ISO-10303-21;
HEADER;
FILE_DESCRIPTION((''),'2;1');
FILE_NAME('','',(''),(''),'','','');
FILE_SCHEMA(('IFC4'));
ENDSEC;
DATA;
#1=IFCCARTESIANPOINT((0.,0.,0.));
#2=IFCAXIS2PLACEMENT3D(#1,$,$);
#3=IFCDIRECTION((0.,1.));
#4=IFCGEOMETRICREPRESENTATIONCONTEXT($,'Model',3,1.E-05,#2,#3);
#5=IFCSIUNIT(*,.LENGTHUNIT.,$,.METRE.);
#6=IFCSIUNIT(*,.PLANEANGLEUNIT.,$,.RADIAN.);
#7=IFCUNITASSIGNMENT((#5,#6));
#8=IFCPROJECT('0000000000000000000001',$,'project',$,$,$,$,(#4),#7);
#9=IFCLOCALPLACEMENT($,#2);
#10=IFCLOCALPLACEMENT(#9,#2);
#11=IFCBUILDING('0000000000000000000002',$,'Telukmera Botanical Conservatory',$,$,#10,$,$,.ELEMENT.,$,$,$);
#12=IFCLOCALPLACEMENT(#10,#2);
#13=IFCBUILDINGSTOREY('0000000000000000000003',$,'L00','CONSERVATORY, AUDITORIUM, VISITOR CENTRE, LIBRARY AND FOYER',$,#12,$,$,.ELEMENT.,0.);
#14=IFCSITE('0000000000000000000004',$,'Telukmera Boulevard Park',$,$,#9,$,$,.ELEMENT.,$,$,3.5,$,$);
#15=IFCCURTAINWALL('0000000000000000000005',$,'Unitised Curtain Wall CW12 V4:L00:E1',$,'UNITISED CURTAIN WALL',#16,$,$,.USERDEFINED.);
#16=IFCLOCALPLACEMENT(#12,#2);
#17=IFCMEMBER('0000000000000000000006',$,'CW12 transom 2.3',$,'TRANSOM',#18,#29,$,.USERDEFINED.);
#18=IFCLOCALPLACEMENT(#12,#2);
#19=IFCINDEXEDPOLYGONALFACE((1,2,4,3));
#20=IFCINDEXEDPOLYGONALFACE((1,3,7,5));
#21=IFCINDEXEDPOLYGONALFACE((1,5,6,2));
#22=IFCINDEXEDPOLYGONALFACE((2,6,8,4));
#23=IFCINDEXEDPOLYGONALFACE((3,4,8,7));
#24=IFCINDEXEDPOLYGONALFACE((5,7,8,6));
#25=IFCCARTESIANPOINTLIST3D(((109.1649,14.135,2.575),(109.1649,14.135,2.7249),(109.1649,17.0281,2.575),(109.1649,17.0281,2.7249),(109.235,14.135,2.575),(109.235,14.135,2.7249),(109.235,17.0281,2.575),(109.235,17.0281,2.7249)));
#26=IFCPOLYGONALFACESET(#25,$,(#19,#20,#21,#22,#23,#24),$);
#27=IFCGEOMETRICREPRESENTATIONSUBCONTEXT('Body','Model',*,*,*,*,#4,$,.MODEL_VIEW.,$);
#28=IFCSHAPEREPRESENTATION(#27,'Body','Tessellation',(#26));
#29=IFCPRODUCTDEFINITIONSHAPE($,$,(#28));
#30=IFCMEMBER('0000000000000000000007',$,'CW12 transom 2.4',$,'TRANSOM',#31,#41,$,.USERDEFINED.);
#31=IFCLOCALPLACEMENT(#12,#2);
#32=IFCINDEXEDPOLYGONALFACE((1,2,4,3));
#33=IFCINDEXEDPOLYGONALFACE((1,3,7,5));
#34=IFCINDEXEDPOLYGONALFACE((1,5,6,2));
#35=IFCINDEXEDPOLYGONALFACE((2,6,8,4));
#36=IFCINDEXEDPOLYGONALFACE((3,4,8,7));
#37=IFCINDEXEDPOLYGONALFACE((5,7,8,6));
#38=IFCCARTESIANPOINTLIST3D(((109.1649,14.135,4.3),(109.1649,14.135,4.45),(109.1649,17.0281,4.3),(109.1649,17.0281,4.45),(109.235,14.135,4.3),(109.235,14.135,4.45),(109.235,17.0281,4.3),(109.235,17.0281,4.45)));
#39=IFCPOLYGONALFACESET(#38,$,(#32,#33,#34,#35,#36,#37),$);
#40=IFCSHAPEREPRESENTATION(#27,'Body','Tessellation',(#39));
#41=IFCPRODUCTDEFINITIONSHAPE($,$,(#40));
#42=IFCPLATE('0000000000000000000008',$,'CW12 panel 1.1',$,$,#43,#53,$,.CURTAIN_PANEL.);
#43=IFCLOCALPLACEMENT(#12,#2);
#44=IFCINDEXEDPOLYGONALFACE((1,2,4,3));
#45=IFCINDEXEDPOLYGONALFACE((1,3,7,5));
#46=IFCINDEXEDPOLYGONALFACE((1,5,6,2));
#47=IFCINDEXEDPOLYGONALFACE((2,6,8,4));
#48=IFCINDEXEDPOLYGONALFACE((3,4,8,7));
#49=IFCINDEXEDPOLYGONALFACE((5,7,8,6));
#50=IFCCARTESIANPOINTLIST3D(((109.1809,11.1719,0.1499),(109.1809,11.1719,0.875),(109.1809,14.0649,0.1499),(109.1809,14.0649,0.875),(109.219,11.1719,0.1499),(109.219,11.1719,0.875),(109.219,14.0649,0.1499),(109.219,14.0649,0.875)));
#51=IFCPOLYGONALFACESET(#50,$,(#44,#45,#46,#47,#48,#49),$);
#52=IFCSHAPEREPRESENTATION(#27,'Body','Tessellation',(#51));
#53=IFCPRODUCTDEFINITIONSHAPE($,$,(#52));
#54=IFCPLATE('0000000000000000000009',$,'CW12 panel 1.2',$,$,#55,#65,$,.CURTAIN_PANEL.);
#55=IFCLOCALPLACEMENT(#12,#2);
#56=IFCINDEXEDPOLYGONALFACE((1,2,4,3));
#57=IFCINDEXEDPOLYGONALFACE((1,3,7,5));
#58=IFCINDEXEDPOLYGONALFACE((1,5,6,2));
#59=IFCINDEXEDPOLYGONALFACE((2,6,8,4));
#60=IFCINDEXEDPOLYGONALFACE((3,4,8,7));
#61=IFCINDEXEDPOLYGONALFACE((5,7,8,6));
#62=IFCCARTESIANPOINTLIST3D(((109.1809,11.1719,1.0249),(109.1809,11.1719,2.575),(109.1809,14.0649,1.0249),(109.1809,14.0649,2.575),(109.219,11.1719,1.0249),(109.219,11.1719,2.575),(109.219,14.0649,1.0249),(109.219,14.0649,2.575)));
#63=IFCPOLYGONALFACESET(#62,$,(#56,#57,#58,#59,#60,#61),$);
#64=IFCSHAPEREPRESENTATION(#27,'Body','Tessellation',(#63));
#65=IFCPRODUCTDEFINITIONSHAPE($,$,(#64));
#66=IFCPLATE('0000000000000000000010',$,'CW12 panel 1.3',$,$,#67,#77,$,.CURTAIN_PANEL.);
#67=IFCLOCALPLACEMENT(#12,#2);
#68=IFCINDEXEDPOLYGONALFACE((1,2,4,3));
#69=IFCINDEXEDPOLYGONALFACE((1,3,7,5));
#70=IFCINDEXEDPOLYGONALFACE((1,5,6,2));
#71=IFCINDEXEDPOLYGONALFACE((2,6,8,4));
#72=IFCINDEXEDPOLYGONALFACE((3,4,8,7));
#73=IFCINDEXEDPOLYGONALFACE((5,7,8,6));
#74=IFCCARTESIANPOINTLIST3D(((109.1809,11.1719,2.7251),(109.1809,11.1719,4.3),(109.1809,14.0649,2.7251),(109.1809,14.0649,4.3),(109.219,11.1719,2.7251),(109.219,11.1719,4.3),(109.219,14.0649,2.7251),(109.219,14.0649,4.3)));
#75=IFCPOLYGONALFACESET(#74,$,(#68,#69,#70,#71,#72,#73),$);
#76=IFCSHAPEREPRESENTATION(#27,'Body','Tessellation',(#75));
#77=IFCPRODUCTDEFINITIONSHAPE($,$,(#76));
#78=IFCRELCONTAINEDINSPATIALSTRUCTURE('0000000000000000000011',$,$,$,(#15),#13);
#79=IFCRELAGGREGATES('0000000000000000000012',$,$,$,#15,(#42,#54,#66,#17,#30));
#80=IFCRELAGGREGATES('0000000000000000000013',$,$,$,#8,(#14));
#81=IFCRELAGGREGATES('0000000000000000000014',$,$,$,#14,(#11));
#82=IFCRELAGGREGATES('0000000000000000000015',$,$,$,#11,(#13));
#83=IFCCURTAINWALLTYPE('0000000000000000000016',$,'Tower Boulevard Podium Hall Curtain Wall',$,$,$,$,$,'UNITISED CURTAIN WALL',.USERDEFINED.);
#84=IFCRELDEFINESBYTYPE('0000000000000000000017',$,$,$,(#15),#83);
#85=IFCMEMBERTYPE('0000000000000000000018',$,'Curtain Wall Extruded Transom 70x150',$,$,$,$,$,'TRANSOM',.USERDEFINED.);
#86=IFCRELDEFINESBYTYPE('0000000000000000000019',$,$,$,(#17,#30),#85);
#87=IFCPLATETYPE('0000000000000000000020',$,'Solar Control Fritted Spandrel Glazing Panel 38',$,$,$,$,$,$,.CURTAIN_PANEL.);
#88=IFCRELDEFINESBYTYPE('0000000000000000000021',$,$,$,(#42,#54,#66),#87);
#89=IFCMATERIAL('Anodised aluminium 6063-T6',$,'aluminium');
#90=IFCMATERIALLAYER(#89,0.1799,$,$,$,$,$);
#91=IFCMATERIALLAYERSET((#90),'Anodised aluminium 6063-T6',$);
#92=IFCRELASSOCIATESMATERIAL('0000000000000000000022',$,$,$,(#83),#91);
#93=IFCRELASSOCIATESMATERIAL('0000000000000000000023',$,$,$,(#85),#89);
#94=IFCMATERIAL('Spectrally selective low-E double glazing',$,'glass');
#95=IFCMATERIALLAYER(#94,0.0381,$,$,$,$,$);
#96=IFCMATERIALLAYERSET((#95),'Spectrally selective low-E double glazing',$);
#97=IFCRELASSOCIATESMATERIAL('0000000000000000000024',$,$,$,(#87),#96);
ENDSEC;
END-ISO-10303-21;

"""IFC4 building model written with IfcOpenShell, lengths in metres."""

from ifc_helpers import new_model, si_unit, direction, frame, origin, origin_2d, place, context, subcontext, project, spatial, rectangle, extrude, material, layer, layer_set, material_profile, profile_set, type_object, element, aggregate, save


model = new_model("IFC4")

# Units and contexts
model_context = context("Model", 3, precision=1e-05, world=origin(), true_north=direction((0.0, 1.0)))
body_context = subcontext(model_context, "Body", "Model", "MODEL_VIEW")
ifc_project = project(units=[si_unit("LENGTHUNIT", "METRE"), si_unit("PLANEANGLEUNIT", "RADIAN")], contexts=[model_context])

# Site, building, storey
site_placement = place(None, origin())
site = spatial("IfcSite", under=ifc_project, at=site_placement, Name="Telukmera Boulevard Park", CompositionType="ELEMENT", RefElevation=3.5)
building_placement = place(site_placement, origin())
building = spatial("IfcBuilding", under=site, at=building_placement, Name="Telukmera Botanical Conservatory", CompositionType="ELEMENT")
storey_placement = place(building_placement, origin())
storey = spatial("IfcBuildingStorey", under=building, at=storey_placement, Name="L00", Description="CONSERVATORY, AUDITORIUM, VISITOR CENTRE, LIBRARY AND FOYER", CompositionType="ELEMENT", Elevation=0.0)

# Curtain wall, members, plates
ifc_material_1 = material(Name="Anodised aluminium 6063-T6", Category="aluminium")
ifc_layer_1 = layer(ifc_material_1, 0.1799)
ifc_layer_set_1 = layer_set([ifc_layer_1], Name="Anodised aluminium 6063-T6")
curtain_wall_type = type_object("IfcCurtainWallType", Name="Tower Boulevard Podium Hall Curtain Wall", ElementType="UNITISED CURTAIN WALL", PredefinedType="USERDEFINED", material=ifc_layer_set_1)
curtain_wall_placement = place(storey_placement, origin())
curtain_wall = element("IfcCurtainWall", 1, at=curtain_wall_placement, inside=storey, type_object=curtain_wall_type, Name="Unitised Curtain Wall CW12 V4:L00:E1", ObjectType="UNITISED CURTAIN WALL", PredefinedType="USERDEFINED")
ifc_material_profile_1 = material_profile(ifc_material_1, rectangle(XDim=0.0701, YDim=0.1499, at=origin_2d()), Name="ALU TRAN 70x150")
ifc_profile_set_1 = profile_set([ifc_material_profile_1], Name="Anodised aluminium 6063-T6")
member_type_1 = type_object("IfcMemberType", Name="Curtain Wall Extruded Transom 70x150", ElementType="TRANSOM", PredefinedType="USERDEFINED", material=ifc_profile_set_1)
member_1_placement = place(storey_placement, frame((109.2, 14.135, 2.6499), z_axis=(0.0, 1.0, 0.0), x_axis=(-1.0, 0.0, 0.0)))
member_1 = element("IfcMember", 2, at=member_1_placement, type_object=member_type_1, Name="CW12 transom 2.3", ObjectType="TRANSOM", PredefinedType="USERDEFINED", context=body_context, shape_type="SweptSolid", body=[
    extrude(rectangle(XDim=0.0701, YDim=0.1499, at=origin_2d()), origin(), (0.0, 0.0, 1.0), 2.8931),
])
member_2_placement = place(storey_placement, frame((109.2, 14.135, 4.375), z_axis=(0.0, 1.0, 0.0), x_axis=(-1.0, 0.0, 0.0)))
member_2 = element("IfcMember", 3, at=member_2_placement, type_object=member_type_1, Name="CW12 transom 2.4", ObjectType="TRANSOM", PredefinedType="USERDEFINED", context=body_context, shape_type="SweptSolid", body=[
    extrude(rectangle(XDim=0.0701, YDim=0.1499, at=origin_2d()), origin(), (0.0, 0.0, 1.0), 2.8931),
])
ifc_material_2 = material(Name="Spectrally selective low-E double glazing", Category="glass")
ifc_layer_2 = layer(ifc_material_2, 0.0381)
ifc_layer_set_2 = layer_set([ifc_layer_2], Name="Spectrally selective low-E double glazing")
plate_type = type_object("IfcPlateType", Name="Solar Control Fritted Spandrel Glazing Panel 38", PredefinedType="CURTAIN_PANEL", material=ifc_layer_set_2)
plate_1_placement = place(storey_placement, frame((109.2, 12.6184, 0.1499), z_axis=(0.0, 0.0, 1.0), x_axis=(0.0, 1.0, 0.0)))
plate_1 = element("IfcPlate", 4, at=plate_1_placement, type_object=plate_type, Name="CW12 panel 1.1", PredefinedType="CURTAIN_PANEL", context=body_context, shape_type="SweptSolid", body=[
    extrude(rectangle(XDim=2.8931, YDim=0.0381, at=origin_2d()), origin(), (0.0, 0.0, 1.0), 0.7251),
])
plate_2_placement = place(storey_placement, frame((109.2, 12.6184, 1.0249), z_axis=(0.0, 0.0, 1.0), x_axis=(0.0, 1.0, 0.0)))
plate_2 = element("IfcPlate", 5, at=plate_2_placement, type_object=plate_type, Name="CW12 panel 1.2", PredefinedType="CURTAIN_PANEL", context=body_context, shape_type="SweptSolid", body=[
    extrude(rectangle(XDim=2.8931, YDim=0.0381, at=origin_2d()), origin(), (0.0, 0.0, 1.0), 1.55),
])
plate_3_placement = place(storey_placement, frame((109.2, 12.6184, 2.7251), z_axis=(0.0, 0.0, 1.0), x_axis=(0.0, 1.0, 0.0)))
plate_3 = element("IfcPlate", 6, at=plate_3_placement, type_object=plate_type, Name="CW12 panel 1.3", PredefinedType="CURTAIN_PANEL", context=body_context, shape_type="SweptSolid", body=[
    extrude(rectangle(XDim=2.8931, YDim=0.0381, at=origin_2d()), origin(), (0.0, 0.0, 1.0), 1.575),
])
aggregate(curtain_wall, [plate_1, plate_2, plate_3, member_1, member_2])

save(model, "model.ifc")
